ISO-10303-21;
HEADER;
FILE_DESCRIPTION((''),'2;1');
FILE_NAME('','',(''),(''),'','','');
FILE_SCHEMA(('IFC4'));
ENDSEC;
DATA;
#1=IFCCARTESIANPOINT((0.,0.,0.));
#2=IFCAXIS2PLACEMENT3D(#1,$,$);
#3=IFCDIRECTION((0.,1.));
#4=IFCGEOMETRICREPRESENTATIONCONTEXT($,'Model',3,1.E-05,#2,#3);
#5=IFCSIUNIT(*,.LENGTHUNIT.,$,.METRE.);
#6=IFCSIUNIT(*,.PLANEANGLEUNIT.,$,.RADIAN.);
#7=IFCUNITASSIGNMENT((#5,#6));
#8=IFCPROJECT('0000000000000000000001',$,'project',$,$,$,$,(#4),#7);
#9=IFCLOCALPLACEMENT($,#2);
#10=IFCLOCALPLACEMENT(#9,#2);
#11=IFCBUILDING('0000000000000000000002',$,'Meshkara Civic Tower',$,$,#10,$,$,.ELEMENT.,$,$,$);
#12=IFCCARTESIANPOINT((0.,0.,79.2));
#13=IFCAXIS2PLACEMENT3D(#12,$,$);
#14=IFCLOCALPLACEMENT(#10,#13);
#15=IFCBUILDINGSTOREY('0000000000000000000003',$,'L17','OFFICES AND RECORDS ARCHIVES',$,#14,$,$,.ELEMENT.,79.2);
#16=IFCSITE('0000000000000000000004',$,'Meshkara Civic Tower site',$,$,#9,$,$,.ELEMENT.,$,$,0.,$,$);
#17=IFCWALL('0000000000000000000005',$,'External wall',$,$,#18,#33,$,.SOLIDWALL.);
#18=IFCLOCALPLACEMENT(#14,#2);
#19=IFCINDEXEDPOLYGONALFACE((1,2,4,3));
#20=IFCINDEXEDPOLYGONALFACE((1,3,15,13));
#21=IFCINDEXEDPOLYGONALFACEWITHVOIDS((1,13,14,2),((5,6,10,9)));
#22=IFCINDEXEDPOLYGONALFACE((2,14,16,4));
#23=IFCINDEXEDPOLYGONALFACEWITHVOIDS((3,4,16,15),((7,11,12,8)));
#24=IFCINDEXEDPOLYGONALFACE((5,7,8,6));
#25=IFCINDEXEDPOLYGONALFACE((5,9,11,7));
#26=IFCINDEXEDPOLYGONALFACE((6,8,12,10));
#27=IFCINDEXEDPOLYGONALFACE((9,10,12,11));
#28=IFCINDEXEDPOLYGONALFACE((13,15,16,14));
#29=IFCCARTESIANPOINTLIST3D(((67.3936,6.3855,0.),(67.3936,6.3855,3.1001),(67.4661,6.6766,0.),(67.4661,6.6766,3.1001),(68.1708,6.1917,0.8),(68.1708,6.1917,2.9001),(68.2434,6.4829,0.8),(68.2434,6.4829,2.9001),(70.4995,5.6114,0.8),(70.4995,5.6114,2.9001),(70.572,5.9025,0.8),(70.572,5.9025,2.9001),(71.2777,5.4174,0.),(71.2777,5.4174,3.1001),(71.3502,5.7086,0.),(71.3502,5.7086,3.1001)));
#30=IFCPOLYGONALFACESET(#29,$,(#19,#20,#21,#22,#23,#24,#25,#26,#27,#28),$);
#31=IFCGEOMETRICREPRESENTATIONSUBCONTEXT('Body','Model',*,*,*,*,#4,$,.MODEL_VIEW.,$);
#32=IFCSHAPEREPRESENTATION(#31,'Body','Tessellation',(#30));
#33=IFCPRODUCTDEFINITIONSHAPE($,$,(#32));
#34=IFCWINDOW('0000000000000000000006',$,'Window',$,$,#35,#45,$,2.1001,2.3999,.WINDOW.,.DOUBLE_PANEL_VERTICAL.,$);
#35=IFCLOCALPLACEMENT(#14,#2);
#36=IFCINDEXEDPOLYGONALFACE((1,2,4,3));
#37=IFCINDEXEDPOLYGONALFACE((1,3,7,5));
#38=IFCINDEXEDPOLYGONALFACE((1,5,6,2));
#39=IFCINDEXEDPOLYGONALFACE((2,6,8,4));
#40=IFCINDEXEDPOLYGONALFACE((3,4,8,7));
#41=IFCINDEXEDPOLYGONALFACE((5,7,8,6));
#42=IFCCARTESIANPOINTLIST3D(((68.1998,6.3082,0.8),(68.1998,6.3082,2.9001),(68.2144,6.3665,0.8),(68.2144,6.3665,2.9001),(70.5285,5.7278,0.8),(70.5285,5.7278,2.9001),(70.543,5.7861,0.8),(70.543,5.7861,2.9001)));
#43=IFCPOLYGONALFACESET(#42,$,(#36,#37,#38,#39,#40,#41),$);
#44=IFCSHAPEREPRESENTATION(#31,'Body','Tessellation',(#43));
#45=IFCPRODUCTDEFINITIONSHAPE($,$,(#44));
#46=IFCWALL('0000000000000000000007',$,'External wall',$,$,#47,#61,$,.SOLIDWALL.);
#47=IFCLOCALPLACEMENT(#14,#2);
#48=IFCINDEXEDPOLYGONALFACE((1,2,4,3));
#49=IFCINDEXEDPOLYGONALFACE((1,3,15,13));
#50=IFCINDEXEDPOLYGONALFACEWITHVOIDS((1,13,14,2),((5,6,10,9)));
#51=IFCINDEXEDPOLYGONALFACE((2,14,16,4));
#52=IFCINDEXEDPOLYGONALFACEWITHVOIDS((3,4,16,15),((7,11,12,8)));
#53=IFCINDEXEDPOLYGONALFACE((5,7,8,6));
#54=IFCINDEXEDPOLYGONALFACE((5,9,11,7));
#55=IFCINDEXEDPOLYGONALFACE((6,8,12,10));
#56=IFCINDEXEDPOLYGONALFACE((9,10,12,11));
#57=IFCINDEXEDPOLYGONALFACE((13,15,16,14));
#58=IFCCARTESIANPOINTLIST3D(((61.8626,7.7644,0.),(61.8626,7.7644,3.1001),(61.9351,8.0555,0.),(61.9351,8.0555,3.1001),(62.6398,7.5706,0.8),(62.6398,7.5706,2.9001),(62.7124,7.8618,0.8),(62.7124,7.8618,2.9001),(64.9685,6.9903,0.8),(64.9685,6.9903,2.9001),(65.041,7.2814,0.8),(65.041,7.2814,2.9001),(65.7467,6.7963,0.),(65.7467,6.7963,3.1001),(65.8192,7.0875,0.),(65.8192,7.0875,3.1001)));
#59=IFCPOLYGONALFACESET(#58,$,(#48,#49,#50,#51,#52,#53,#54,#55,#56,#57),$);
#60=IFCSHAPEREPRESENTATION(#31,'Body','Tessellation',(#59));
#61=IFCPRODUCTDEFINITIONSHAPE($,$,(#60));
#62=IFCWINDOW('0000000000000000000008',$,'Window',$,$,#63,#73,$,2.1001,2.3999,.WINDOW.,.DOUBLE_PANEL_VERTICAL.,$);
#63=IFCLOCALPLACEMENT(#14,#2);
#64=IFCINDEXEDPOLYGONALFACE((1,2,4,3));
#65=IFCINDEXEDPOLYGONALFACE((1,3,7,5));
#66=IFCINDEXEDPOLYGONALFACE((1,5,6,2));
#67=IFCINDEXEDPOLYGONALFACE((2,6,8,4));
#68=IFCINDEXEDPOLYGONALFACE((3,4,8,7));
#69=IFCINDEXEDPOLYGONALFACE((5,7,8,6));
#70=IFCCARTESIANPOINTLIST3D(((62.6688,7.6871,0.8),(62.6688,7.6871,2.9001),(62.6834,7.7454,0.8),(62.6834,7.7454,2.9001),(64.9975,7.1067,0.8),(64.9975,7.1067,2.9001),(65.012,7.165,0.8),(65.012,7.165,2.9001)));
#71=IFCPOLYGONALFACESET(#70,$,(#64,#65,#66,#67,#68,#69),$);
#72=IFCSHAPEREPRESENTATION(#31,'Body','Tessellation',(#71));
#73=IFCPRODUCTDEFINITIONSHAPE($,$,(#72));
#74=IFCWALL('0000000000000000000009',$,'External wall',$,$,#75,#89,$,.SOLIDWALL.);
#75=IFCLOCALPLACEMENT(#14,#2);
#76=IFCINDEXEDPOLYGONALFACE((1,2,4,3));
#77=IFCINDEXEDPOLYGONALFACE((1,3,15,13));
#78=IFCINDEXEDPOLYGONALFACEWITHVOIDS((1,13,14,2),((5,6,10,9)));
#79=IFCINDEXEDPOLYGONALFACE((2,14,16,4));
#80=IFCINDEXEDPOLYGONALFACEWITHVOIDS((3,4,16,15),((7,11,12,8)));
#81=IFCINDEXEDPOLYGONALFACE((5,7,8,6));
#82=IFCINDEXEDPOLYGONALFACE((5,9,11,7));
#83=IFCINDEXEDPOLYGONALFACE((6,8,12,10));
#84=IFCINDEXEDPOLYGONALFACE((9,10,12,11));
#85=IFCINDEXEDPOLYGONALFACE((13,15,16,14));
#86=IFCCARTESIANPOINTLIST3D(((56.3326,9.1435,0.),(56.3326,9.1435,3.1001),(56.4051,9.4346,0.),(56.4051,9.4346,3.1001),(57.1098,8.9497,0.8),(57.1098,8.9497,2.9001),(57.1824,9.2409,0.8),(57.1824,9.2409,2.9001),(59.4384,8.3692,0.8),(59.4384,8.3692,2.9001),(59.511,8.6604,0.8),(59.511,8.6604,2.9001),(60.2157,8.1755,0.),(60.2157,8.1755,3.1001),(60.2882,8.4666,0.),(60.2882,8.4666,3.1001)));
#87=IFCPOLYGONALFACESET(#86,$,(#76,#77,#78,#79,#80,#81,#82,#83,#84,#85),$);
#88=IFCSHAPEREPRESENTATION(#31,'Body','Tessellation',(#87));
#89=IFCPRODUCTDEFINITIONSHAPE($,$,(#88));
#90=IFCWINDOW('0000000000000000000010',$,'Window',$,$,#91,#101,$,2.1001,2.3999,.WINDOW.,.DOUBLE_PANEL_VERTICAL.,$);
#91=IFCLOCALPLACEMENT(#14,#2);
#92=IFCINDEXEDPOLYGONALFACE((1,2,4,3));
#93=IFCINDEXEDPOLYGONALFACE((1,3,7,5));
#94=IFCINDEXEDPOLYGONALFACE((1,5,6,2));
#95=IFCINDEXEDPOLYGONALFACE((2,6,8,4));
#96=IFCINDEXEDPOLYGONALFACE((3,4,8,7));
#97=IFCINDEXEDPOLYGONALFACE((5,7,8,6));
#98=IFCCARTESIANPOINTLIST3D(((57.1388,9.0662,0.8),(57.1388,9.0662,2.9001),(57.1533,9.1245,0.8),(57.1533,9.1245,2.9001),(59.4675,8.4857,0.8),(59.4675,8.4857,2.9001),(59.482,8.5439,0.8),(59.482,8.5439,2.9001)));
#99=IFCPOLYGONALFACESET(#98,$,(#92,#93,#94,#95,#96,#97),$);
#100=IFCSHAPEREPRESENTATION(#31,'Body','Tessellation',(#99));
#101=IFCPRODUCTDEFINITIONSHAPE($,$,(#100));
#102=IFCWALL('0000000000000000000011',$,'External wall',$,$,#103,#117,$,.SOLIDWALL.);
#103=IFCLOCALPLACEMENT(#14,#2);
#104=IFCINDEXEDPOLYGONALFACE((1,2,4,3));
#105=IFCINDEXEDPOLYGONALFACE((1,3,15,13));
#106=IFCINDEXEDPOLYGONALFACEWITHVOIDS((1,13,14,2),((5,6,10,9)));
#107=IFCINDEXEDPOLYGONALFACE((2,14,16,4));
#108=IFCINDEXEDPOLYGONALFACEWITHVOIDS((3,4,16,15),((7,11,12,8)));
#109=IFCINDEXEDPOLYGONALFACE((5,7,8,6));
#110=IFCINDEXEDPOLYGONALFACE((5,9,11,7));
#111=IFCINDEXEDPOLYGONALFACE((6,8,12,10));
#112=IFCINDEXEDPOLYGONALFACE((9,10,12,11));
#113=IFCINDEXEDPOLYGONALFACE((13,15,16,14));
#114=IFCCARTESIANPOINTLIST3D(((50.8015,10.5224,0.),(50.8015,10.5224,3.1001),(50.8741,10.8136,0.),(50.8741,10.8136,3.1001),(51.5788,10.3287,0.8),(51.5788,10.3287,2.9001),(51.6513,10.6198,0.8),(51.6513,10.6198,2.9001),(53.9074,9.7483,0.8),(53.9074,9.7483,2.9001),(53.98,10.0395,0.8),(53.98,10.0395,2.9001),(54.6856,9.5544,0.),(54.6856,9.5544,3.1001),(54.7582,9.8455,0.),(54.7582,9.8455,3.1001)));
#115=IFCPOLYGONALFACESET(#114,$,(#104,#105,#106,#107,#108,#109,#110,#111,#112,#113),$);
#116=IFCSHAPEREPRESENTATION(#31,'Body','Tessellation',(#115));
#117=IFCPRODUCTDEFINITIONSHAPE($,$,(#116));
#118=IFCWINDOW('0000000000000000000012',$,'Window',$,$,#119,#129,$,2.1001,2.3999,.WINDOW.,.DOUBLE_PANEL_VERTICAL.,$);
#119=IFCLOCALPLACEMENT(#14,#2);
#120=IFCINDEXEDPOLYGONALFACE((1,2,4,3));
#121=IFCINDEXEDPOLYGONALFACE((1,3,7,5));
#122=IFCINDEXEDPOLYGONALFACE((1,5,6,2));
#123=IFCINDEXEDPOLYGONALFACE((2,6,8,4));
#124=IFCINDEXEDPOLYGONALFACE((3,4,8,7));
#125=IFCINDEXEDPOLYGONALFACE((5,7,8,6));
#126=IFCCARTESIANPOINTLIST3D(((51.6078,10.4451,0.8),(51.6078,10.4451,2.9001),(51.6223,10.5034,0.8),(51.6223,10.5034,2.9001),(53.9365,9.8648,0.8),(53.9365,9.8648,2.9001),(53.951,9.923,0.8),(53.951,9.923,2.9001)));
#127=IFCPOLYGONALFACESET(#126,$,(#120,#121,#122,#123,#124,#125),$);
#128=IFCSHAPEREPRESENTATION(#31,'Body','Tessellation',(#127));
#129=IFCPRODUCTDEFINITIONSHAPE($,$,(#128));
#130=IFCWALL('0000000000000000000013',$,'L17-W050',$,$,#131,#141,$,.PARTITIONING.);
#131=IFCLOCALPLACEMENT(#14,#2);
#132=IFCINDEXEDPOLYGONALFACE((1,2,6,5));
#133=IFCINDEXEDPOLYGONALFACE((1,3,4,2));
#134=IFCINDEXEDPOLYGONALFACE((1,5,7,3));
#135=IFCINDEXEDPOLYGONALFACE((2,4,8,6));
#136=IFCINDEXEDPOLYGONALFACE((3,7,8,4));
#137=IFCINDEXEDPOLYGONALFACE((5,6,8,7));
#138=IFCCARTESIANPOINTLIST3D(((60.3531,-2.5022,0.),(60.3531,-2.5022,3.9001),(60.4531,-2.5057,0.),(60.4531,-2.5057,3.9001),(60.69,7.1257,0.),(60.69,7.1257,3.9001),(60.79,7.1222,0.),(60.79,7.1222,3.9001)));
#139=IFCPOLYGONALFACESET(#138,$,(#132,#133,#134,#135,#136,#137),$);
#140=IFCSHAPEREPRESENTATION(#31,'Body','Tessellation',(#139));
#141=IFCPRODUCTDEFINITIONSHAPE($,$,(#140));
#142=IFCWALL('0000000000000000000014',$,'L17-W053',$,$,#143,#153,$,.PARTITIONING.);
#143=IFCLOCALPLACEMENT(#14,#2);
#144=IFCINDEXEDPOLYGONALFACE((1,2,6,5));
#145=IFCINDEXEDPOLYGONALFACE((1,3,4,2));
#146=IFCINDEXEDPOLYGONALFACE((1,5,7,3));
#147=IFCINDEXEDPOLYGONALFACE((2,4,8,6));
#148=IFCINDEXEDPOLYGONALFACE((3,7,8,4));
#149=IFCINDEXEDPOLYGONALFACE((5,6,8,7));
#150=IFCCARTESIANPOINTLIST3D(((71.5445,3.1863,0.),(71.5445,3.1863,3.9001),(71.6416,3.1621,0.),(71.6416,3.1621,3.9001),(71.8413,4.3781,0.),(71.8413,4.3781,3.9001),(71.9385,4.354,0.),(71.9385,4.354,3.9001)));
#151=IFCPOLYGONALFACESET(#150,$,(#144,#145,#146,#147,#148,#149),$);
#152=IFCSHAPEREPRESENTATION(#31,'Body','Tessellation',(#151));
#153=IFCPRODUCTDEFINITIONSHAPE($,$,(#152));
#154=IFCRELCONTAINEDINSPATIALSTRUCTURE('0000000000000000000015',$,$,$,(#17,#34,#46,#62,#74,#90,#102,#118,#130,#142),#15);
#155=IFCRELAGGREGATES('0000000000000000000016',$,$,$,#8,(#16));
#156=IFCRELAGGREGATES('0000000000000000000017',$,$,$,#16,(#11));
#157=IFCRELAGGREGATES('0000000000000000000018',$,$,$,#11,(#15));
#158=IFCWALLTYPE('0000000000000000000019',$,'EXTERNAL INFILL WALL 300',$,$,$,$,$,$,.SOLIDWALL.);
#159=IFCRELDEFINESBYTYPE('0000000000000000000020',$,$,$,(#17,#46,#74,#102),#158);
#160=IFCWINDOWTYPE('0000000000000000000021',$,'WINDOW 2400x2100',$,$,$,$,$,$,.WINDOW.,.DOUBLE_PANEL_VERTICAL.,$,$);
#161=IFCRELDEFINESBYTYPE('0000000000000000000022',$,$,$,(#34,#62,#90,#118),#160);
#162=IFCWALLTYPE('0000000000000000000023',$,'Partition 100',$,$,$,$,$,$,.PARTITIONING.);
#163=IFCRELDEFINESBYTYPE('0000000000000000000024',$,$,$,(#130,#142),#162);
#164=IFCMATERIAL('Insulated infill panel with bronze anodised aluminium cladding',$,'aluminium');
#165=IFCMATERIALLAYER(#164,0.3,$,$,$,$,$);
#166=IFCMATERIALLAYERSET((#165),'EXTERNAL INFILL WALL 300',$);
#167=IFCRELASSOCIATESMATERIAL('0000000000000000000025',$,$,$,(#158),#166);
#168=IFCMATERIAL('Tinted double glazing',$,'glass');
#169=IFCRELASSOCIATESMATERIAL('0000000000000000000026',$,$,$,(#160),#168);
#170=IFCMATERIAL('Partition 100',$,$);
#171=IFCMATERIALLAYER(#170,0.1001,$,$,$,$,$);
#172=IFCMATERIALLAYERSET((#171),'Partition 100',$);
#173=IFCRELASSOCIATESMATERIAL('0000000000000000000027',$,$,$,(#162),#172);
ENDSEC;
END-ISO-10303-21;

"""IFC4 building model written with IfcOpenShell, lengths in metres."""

from ifc_helpers import new_model, si_unit, direction, frame, frame_2d, origin, place, context, subcontext, project, spatial, rectangle, extrude, material, layer, layer_set, type_object, element, fill, save


model = new_model("IFC4")

# Units and contexts
model_context = context("Model", 3, precision=1e-05, world=origin(), true_north=direction((0.0, 1.0)))
body_context = subcontext(model_context, "Body", "Model", "MODEL_VIEW")
ifc_project = project(units=[si_unit("LENGTHUNIT", "METRE"), si_unit("PLANEANGLEUNIT", "RADIAN")], contexts=[model_context])

# Site, building, storey
site_placement = place(None, origin())
site = spatial("IfcSite", under=ifc_project, at=site_placement, Name="Meshkara Civic Tower site", CompositionType="ELEMENT", RefElevation=0.0)
building_placement = place(site_placement, origin())
building = spatial("IfcBuilding", under=site, at=building_placement, Name="Meshkara Civic Tower", CompositionType="ELEMENT")
storey_placement = place(building_placement, frame((0.0, 0.0, 79.2)))
storey = spatial("IfcBuildingStorey", under=building, at=storey_placement, Name="L17", Description="OFFICES AND RECORDS ARCHIVES", CompositionType="ELEMENT", Elevation=79.2)

# Walls, openings, windows
ifc_material_1 = material(Name="Insulated infill panel with bronze anodised aluminium cladding", Category="aluminium")
ifc_layer_1 = layer(ifc_material_1, 0.3)
ifc_layer_set_1 = layer_set([ifc_layer_1], Name="EXTERNAL INFILL WALL 300")
wall_type_1 = type_object("IfcWallType", Name="EXTERNAL INFILL WALL 300", PredefinedType="SOLIDWALL", material=ifc_layer_set_1)
wall_1_placement = place(storey_placement, frame((71.314, 5.563, 0.0), z_axis=(0.0, 0.0, 1.0), x_axis=(-0.970318, 0.241832, 0.0)))
wall_1 = element("IfcWall", 1, at=wall_1_placement, inside=storey, type_object=wall_type_1, Name="External wall", PredefinedType="SOLIDWALL", context=body_context, shape_type="SweptSolid", body=[
    extrude(rectangle(XDim=4.0029, YDim=0.3, at=frame_2d((2.0015, 0.0))), origin(), (0.0, 0.0, 1.0), 3.1001),
])
opening_1_placement = place(wall_1_placement, frame((0.802, 0.0, 0.8)))
opening_1 = element("IfcOpeningElement", 2, at=opening_1_placement, cuts=wall_1, PredefinedType="OPENING", context=body_context, shape_type="SweptSolid", body=[
    extrude(rectangle(XDim=2.3999, YDim=2.1001, at=frame_2d((1.2, 1.05))), frame((0.0, 0.1599, 0.0), z_axis=(0.0, -1.0, 0.0), x_axis=(1.0, 0.0, 0.0)), (0.0, 0.0, 1.0), 0.3201),
])
ifc_material_2 = material(Name="Tinted double glazing", Category="glass")
window_type = type_object("IfcWindowType", Name="WINDOW 2400x2100", PartitioningType="DOUBLE_PANEL_VERTICAL", PredefinedType="WINDOW", material=ifc_material_2)
window_1_placement = place(opening_1_placement, origin())
window_1 = element("IfcWindow", 3, at=window_1_placement, inside=storey, type_object=window_type, Name="Window", OverallHeight=2.1001, OverallWidth=2.3999, PartitioningType="DOUBLE_PANEL_VERTICAL", PredefinedType="WINDOW", context=body_context, shape_type="SweptSolid", body=[
    extrude(rectangle(XDim=2.3999, YDim=2.1001, at=frame_2d((1.2, 1.05))), frame((0.0, 0.03, 0.0), z_axis=(0.0, -1.0, 0.0), x_axis=(1.0, 0.0, 0.0)), (0.0, 0.0, 1.0), 0.0601),
])
fill(opening_1, window_1)
wall_2_placement = place(storey_placement, frame((65.783, 6.9419, 0.0), z_axis=(0.0, 0.0, 1.0), x_axis=(-0.970318, 0.241832, 0.0)))
wall_2 = element("IfcWall", 4, at=wall_2_placement, inside=storey, type_object=wall_type_1, Name="External wall", PredefinedType="SOLIDWALL", context=body_context, shape_type="SweptSolid", body=[
    extrude(rectangle(XDim=4.0029, YDim=0.3, at=frame_2d((2.0015, 0.0))), origin(), (0.0, 0.0, 1.0), 3.1001),
])
opening_2_placement = place(wall_2_placement, frame((0.802, 0.0, 0.8)))
opening_2 = element("IfcOpeningElement", 5, at=opening_2_placement, cuts=wall_2, PredefinedType="OPENING", context=body_context, shape_type="SweptSolid", body=[
    extrude(rectangle(XDim=2.3999, YDim=2.1001, at=frame_2d((1.2, 1.05))), frame((0.0, 0.1599, 0.0), z_axis=(0.0, -1.0, 0.0), x_axis=(1.0, 0.0, 0.0)), (0.0, 0.0, 1.0), 0.3201),
])
window_2_placement = place(opening_2_placement, origin())
window_2 = element("IfcWindow", 6, at=window_2_placement, inside=storey, type_object=window_type, Name="Window", OverallHeight=2.1001, OverallWidth=2.3999, PartitioningType="DOUBLE_PANEL_VERTICAL", PredefinedType="WINDOW", context=body_context, shape_type="SweptSolid", body=[
    extrude(rectangle(XDim=2.3999, YDim=2.1001, at=frame_2d((1.2, 1.05))), frame((0.0, 0.03, 0.0), z_axis=(0.0, -1.0, 0.0), x_axis=(1.0, 0.0, 0.0)), (0.0, 0.0, 1.0), 0.0601),
])
fill(opening_2, window_2)
wall_3_placement = place(storey_placement, frame((60.252, 8.321, 0.0), z_axis=(0.0, 0.0, 1.0), x_axis=(-0.970304, 0.24189, 0.0)))
wall_3 = element("IfcWall", 7, at=wall_3_placement, inside=storey, type_object=wall_type_1, Name="External wall", PredefinedType="SOLIDWALL", context=body_context, shape_type="SweptSolid", body=[
    extrude(rectangle(XDim=4.002, YDim=0.3, at=frame_2d((2.001, 0.0))), origin(), (0.0, 0.0, 1.0), 3.1001),
])
opening_3_placement = place(wall_3_placement, frame((0.801, 0.0, 0.8)))
opening_3 = element("IfcOpeningElement", 8, at=opening_3_placement, cuts=wall_3, PredefinedType="OPENING", context=body_context, shape_type="SweptSolid", body=[
    extrude(rectangle(XDim=2.3999, YDim=2.1001, at=frame_2d((1.2, 1.05))), frame((0.0, 0.1599, 0.0), z_axis=(0.0, -1.0, 0.0), x_axis=(1.0, 0.0, 0.0)), (0.0, 0.0, 1.0), 0.3201),
])
window_3_placement = place(opening_3_placement, origin())
window_3 = element("IfcWindow", 9, at=window_3_placement, inside=storey, type_object=window_type, Name="Window", OverallHeight=2.1001, OverallWidth=2.3999, PartitioningType="DOUBLE_PANEL_VERTICAL", PredefinedType="WINDOW", context=body_context, shape_type="SweptSolid", body=[
    extrude(rectangle(XDim=2.3999, YDim=2.1001, at=frame_2d((1.2, 1.05))), frame((0.0, 0.03, 0.0), z_axis=(0.0, -1.0, 0.0), x_axis=(1.0, 0.0, 0.0)), (0.0, 0.0, 1.0), 0.0601),
])
fill(opening_3, window_3)
wall_4_placement = place(storey_placement, frame((54.7219, 9.7, 0.0), z_axis=(0.0, 0.0, 1.0), x_axis=(-0.970318, 0.241832, 0.0)))
wall_4 = element("IfcWall", 10, at=wall_4_placement, inside=storey, type_object=wall_type_1, Name="External wall", PredefinedType="SOLIDWALL", context=body_context, shape_type="SweptSolid", body=[
    extrude(rectangle(XDim=4.0029, YDim=0.3, at=frame_2d((2.0015, 0.0))), origin(), (0.0, 0.0, 1.0), 3.1001),
])
opening_4_placement = place(wall_4_placement, frame((0.802, 0.0, 0.8)))
opening_4 = element("IfcOpeningElement", 11, at=opening_4_placement, cuts=wall_4, PredefinedType="OPENING", context=body_context, shape_type="SweptSolid", body=[
    extrude(rectangle(XDim=2.3999, YDim=2.1001, at=frame_2d((1.2, 1.05))), frame((0.0, 0.1599, 0.0), z_axis=(0.0, -1.0, 0.0), x_axis=(1.0, 0.0, 0.0)), (0.0, 0.0, 1.0), 0.3201),
])
window_4_placement = place(opening_4_placement, origin())
window_4 = element("IfcWindow", 12, at=window_4_placement, inside=storey, type_object=window_type, Name="Window", OverallHeight=2.1001, OverallWidth=2.3999, PartitioningType="DOUBLE_PANEL_VERTICAL", PredefinedType="WINDOW", context=body_context, shape_type="SweptSolid", body=[
    extrude(rectangle(XDim=2.3999, YDim=2.1001, at=frame_2d((1.2, 1.05))), frame((0.0, 0.03, 0.0), z_axis=(0.0, -1.0, 0.0), x_axis=(1.0, 0.0, 0.0)), (0.0, 0.0, 1.0), 0.0601),
])
fill(opening_4, window_4)

# Walls
ifc_material_3 = material(Name="Partition 100")
ifc_layer_2 = layer(ifc_material_3, 0.1001)
ifc_layer_set_2 = layer_set([ifc_layer_2], Name="Partition 100")
wall_type_2 = type_object("IfcWallType", Name="Partition 100", PredefinedType="PARTITIONING", material=ifc_layer_set_2)
wall_5_placement = place(storey_placement, frame((60.4031, -2.5039, 0.0), z_axis=(0.0, 0.0, 1.0), x_axis=(0.034972, 0.999388, 0.0)))
element("IfcWall", 13, at=wall_5_placement, inside=storey, type_object=wall_type_2, Name="L17-W050", PredefinedType="PARTITIONING", context=body_context, shape_type="SweptSolid", body=[
    extrude(rectangle(XDim=9.6338, YDim=0.1001, at=frame_2d((4.8169, 0.0))), origin(), (0.0, 0.0, 1.0), 3.9001),
])
wall_6_placement = place(storey_placement, frame((71.593, 3.1741, 0.0), z_axis=(0.0, 0.0, 1.0), x_axis=(0.241694, 0.970353, 0.0)))
element("IfcWall", 14, at=wall_6_placement, inside=storey, type_object=wall_type_2, Name="L17-W053", PredefinedType="PARTITIONING", context=body_context, shape_type="SweptSolid", body=[
    extrude(rectangle(XDim=1.2283, YDim=0.1001, at=frame_2d((0.6143, 0.0))), origin(), (0.0, 0.0, 1.0), 3.9001),
])

save(model, "model.ifc")
